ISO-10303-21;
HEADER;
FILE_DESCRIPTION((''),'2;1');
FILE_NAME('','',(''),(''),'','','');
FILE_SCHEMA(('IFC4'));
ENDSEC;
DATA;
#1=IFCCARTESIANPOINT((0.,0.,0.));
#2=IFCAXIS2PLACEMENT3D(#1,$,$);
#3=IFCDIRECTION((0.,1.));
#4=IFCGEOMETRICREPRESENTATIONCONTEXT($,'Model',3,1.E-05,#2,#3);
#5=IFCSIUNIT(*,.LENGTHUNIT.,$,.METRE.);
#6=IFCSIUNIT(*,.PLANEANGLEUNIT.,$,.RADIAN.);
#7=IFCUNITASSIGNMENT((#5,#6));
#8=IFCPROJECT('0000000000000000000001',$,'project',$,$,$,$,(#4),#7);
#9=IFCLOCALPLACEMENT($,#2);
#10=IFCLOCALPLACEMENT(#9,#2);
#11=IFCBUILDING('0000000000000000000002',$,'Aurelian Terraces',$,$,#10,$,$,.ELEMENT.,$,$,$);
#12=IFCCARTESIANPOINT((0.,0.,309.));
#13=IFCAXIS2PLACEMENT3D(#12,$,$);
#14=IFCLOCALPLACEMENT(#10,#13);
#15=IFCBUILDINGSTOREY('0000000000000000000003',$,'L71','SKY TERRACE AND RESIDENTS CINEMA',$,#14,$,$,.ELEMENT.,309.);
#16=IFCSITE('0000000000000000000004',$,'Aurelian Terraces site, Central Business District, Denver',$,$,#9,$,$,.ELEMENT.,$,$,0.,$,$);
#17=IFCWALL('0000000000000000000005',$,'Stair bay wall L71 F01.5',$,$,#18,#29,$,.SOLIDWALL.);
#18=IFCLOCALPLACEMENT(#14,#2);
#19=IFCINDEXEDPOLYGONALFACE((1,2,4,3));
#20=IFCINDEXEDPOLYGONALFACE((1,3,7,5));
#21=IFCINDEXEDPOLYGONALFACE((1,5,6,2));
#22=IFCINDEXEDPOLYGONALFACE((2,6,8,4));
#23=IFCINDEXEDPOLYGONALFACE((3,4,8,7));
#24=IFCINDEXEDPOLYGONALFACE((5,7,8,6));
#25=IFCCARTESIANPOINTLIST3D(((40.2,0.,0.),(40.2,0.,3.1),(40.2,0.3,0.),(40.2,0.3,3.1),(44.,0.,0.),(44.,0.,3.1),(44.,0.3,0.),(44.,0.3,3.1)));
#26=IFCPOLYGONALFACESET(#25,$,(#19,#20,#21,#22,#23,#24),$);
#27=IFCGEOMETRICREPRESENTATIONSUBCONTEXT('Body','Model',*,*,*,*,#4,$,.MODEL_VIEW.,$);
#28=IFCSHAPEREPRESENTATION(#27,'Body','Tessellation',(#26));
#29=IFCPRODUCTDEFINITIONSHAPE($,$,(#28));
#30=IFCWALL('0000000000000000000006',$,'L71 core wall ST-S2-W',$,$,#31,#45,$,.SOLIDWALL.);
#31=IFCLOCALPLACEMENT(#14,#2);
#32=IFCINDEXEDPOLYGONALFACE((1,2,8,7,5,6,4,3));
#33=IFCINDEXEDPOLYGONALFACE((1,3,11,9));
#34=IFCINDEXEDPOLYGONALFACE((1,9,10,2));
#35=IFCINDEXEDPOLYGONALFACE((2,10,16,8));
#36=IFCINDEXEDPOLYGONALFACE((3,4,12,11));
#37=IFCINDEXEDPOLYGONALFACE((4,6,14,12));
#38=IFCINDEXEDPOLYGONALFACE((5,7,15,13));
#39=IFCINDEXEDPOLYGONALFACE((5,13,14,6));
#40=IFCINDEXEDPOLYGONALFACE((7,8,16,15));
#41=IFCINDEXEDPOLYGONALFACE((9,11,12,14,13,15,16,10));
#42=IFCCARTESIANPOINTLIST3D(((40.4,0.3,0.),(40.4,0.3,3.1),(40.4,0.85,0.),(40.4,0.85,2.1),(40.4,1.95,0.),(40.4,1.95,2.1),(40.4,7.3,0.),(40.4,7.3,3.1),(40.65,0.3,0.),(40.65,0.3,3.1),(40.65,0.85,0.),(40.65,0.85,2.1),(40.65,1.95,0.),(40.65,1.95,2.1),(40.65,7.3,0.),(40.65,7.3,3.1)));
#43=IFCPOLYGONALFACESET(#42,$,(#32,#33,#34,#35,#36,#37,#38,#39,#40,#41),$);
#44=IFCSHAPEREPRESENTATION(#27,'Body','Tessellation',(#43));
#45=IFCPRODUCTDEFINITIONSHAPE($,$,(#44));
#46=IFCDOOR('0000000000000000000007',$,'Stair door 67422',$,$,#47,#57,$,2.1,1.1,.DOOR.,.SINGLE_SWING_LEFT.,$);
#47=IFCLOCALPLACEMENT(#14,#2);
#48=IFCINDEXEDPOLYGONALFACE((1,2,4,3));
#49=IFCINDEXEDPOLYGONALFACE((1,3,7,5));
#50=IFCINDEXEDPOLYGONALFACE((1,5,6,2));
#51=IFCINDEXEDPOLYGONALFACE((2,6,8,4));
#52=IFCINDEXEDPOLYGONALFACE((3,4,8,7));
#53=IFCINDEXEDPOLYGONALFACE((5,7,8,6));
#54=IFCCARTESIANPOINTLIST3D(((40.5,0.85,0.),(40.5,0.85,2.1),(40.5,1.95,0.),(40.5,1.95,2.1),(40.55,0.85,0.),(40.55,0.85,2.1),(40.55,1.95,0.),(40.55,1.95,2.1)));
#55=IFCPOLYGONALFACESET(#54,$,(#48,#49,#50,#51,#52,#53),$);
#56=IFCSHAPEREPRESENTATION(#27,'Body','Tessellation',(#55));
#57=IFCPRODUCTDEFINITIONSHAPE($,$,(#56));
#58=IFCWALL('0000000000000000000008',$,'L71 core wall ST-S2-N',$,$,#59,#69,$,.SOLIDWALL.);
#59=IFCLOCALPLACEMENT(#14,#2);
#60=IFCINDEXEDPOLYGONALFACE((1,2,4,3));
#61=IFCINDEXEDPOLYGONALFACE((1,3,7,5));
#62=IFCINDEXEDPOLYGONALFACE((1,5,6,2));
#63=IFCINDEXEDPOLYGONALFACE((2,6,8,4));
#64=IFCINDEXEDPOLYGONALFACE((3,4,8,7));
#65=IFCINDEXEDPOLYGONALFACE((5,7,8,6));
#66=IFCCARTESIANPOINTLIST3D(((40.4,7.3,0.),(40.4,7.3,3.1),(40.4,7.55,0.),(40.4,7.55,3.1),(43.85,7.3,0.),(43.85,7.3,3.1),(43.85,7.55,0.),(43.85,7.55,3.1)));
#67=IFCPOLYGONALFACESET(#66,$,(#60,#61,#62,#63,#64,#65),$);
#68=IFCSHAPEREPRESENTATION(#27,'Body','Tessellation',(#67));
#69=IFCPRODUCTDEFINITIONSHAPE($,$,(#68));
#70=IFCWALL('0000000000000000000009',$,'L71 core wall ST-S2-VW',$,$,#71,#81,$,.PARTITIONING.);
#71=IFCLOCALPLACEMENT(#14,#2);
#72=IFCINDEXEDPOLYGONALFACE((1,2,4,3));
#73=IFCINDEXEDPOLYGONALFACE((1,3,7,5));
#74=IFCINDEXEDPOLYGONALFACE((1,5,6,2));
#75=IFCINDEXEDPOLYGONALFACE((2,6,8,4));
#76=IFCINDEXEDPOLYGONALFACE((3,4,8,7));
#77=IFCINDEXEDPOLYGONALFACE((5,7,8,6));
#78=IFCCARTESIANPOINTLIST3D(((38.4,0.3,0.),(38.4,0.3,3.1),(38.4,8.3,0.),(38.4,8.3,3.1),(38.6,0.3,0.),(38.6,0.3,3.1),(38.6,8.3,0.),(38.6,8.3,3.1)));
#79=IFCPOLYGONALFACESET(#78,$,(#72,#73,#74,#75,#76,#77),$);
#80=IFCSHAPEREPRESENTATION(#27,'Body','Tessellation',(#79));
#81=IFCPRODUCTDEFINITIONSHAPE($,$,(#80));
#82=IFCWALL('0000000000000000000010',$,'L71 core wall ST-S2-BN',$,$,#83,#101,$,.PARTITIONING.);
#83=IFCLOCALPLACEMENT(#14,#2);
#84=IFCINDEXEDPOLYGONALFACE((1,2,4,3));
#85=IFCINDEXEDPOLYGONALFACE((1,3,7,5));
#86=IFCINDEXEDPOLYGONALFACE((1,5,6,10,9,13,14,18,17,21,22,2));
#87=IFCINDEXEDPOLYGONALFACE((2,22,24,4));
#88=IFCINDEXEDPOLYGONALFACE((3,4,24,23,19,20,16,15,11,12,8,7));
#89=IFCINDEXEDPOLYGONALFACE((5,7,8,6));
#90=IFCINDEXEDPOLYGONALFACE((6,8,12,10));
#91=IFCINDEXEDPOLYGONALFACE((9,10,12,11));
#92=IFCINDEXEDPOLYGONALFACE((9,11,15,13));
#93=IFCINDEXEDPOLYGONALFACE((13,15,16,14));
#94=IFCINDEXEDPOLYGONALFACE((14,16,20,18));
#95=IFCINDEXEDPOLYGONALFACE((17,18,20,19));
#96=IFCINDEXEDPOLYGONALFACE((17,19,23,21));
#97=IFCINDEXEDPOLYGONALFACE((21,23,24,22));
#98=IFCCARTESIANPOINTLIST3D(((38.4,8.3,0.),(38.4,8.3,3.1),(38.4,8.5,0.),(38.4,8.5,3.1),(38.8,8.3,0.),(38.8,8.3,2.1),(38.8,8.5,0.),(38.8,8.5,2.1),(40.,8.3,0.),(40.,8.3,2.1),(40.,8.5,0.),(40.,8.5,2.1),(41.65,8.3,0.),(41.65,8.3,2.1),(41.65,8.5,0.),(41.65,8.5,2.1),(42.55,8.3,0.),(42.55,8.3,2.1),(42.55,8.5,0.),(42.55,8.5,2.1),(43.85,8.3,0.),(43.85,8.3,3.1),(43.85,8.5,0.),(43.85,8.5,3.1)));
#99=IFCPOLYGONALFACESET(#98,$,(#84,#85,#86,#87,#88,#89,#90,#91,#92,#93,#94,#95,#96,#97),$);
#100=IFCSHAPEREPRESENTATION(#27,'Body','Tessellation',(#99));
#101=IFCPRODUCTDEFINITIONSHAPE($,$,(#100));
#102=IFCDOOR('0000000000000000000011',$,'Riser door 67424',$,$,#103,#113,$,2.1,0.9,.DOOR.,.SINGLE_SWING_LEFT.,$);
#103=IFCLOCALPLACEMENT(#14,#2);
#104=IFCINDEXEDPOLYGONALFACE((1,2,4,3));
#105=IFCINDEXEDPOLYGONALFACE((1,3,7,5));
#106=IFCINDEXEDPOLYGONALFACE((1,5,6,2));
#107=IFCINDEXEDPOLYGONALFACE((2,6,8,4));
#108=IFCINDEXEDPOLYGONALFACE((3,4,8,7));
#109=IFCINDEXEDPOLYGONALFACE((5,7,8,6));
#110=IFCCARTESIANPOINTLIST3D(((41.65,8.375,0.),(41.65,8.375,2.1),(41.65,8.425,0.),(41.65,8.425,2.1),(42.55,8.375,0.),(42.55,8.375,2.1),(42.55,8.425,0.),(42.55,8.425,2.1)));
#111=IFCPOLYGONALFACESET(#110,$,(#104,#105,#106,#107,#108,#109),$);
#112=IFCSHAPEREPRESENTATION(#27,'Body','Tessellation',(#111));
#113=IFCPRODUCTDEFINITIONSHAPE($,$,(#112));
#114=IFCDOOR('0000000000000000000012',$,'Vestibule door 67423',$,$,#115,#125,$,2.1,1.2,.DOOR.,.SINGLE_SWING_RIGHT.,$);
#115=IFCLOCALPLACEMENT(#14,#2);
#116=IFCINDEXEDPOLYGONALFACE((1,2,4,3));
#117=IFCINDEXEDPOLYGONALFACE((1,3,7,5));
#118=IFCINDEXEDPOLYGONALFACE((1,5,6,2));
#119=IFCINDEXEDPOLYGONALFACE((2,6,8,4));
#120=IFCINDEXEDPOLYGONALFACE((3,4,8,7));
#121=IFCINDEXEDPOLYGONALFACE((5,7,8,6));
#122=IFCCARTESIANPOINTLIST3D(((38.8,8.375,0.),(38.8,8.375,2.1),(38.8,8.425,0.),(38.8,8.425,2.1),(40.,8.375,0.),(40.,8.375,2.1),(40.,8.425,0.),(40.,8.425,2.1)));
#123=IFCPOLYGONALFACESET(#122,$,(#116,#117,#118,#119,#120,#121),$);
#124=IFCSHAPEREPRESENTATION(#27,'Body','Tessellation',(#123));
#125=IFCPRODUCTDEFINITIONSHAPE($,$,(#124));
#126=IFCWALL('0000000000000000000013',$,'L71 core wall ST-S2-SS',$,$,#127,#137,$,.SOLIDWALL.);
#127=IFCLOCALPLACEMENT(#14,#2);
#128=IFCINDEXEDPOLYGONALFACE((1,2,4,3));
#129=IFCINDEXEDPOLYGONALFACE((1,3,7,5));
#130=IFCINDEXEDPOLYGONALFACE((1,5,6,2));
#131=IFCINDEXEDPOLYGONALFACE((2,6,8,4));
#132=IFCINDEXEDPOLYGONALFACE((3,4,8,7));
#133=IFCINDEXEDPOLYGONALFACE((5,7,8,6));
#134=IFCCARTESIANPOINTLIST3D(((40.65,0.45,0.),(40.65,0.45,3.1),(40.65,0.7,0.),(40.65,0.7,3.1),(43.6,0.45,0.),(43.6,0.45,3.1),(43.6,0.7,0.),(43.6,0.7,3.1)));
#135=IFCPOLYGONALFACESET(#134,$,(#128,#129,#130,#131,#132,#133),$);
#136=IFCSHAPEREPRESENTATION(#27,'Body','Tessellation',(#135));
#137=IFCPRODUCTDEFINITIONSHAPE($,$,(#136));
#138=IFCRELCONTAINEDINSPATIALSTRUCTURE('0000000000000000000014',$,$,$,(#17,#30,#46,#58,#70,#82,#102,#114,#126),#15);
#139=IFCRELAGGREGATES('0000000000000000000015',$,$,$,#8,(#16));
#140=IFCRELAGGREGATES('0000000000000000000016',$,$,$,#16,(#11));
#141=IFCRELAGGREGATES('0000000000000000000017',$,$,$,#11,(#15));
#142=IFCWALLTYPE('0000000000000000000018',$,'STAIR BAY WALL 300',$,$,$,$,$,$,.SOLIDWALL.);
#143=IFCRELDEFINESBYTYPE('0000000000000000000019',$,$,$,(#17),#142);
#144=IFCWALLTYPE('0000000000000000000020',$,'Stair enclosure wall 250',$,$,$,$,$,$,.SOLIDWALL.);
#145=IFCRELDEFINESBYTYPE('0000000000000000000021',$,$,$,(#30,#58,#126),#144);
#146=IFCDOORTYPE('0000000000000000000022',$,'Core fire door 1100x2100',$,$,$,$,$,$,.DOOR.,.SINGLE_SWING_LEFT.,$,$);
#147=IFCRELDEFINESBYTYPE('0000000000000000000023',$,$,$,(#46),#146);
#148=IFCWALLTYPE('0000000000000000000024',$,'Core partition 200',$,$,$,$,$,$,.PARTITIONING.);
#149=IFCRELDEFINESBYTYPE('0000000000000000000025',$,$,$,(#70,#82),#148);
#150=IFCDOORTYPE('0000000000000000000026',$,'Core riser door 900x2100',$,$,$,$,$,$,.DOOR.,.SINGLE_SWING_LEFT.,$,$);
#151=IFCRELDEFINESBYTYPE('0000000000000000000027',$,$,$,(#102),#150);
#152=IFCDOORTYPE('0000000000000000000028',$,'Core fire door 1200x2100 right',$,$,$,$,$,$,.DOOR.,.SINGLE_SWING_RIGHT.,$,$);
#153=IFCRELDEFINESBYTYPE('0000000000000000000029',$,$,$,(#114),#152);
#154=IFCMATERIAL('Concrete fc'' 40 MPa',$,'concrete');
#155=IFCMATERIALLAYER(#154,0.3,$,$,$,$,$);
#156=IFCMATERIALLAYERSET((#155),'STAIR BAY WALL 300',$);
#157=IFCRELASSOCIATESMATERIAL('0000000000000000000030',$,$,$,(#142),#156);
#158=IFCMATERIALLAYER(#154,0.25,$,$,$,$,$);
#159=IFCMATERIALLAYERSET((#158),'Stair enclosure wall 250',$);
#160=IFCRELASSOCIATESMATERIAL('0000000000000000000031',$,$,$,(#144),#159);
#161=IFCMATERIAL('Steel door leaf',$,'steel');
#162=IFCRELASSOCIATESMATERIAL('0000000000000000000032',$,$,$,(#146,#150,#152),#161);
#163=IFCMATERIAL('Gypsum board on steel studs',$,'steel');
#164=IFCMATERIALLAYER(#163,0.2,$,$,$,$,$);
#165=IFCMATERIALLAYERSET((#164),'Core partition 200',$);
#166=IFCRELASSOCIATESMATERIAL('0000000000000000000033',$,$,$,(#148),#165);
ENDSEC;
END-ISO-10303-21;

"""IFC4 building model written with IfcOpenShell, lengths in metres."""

from ifc_helpers import new_model, si_unit, direction, frame, frame_2d, origin, place, context, subcontext, project, spatial, rectangle, extrude, source, transform, mapped, material, layer, layer_set, type_object, element, fill, save


model = new_model("IFC4")

# Units and contexts
model_context = context("Model", 3, precision=1e-05, world=origin(), true_north=direction((0.0, 1.0)))
body_context = subcontext(model_context, "Body", "Model", "MODEL_VIEW")
ifc_project = project(units=[si_unit("LENGTHUNIT", "METRE"), si_unit("PLANEANGLEUNIT", "RADIAN")], contexts=[model_context])

# Site, building, storey
site_placement = place(None, origin())
site = spatial("IfcSite", under=ifc_project, at=site_placement, Name="Aurelian Terraces site, Central Business District, Denver", CompositionType="ELEMENT", RefElevation=0.0)
building_placement = place(site_placement, origin())
building = spatial("IfcBuilding", under=site, at=building_placement, Name="Aurelian Terraces", CompositionType="ELEMENT")
storey_placement = place(building_placement, frame((0.0, 0.0, 309.0)))
storey = spatial("IfcBuildingStorey", under=building, at=storey_placement, Name="L71", Description="SKY TERRACE AND RESIDENTS CINEMA", CompositionType="ELEMENT", Elevation=309.0)

# Wall
ifc_material_1 = material(Name="Concrete fc' 40 MPa", Category="concrete")
ifc_layer_1 = layer(ifc_material_1, 0.3)
ifc_layer_set_1 = layer_set([ifc_layer_1], Name="STAIR BAY WALL 300")
wall_type_1 = type_object("IfcWallType", Name="STAIR BAY WALL 300", PredefinedType="SOLIDWALL", material=ifc_layer_set_1)
shared_shape_1 = source(origin(), body_context, "Body", "SweptSolid", [
    extrude(rectangle(XDim=3.8, YDim=0.3, at=frame_2d((1.9, 0.0))), origin(), (0.0, 0.0, 1.0), 3.1),
])
wall_1_placement = place(storey_placement, frame((40.2, 0.15, 0.0), z_axis=(0.0, 0.0, 1.0), x_axis=(1.0, 0.0, 0.0)))
element("IfcWall", 1, at=wall_1_placement, inside=storey, type_object=wall_type_1, Name="Stair bay wall L71 F01.5", PredefinedType="SOLIDWALL", context=body_context, shape_type="MappedRepresentation", body=[
    mapped(shared_shape_1, transform((0.0, 0.0, 0.0), scale=1.0)),
])

# Wall, opening, door
ifc_layer_2 = layer(ifc_material_1, 0.25)
ifc_layer_set_2 = layer_set([ifc_layer_2], Name="Stair enclosure wall 250")
wall_type_2 = type_object("IfcWallType", Name="Stair enclosure wall 250", PredefinedType="SOLIDWALL", material=ifc_layer_set_2)
shared_shape_2 = source(origin(), body_context, "Body", "SweptSolid", [
    extrude(rectangle(XDim=7.0, YDim=0.25, at=frame_2d((3.5, 0.0))), origin(), (0.0, 0.0, 1.0), 3.1),
])
wall_2_placement = place(storey_placement, frame((40.525, 0.3, 0.0), z_axis=(0.0, 0.0, 1.0), x_axis=(0.0, 1.0, 0.0)))
wall_2 = element("IfcWall", 2, at=wall_2_placement, inside=storey, type_object=wall_type_2, Name="L71 core wall ST-S2-W", PredefinedType="SOLIDWALL", context=body_context, shape_type="MappedRepresentation", body=[
    mapped(shared_shape_2, transform((0.0, 0.0, 0.0), scale=1.0)),
])
shared_shape_3 = source(origin(), body_context, "Body", "SweptSolid", [
    extrude(rectangle(XDim=1.1, YDim=2.1, at=frame_2d((0.55, 1.05))), frame((0.0, 0.135, 0.0), z_axis=(0.0, -1.0, 0.0), x_axis=(1.0, 0.0, 0.0)), (0.0, 0.0, 1.0), 0.27),
])
opening_1_placement = place(wall_2_placement, frame((0.55, 0.0, 0.0)))
opening_1 = element("IfcOpeningElement", 3, at=opening_1_placement, cuts=wall_2, PredefinedType="OPENING", context=body_context, shape_type="MappedRepresentation", body=[
    mapped(shared_shape_3, transform((0.0, 0.0, 0.0), scale=1.0)),
])
ifc_material_2 = material(Name="Steel door leaf", Category="steel")
door_type_1 = type_object("IfcDoorType", Name="Core fire door 1100x2100", OperationType="SINGLE_SWING_LEFT", PredefinedType="DOOR", material=ifc_material_2)
shared_shape_4 = source(origin(), body_context, "Body", "SweptSolid", [
    extrude(rectangle(XDim=1.1, YDim=2.1, at=frame_2d((0.55, 1.05))), frame((0.0, 0.025, 0.0), z_axis=(0.0, -1.0, 0.0), x_axis=(1.0, 0.0, 0.0)), (0.0, 0.0, 1.0), 0.05),
])
door_1_placement = place(opening_1_placement, origin())
door_1 = element("IfcDoor", 4, at=door_1_placement, inside=storey, type_object=door_type_1, Name="Stair door 67422", OperationType="SINGLE_SWING_LEFT", OverallHeight=2.1, OverallWidth=1.1, PredefinedType="DOOR", context=body_context, shape_type="MappedRepresentation", body=[
    mapped(shared_shape_4, transform((0.0, 0.0, 0.0), scale=1.0)),
])
fill(opening_1, door_1)

# Walls
shared_shape_5 = source(origin(), body_context, "Body", "SweptSolid", [
    extrude(rectangle(XDim=3.45, YDim=0.25, at=frame_2d((1.725, 0.0))), origin(), (0.0, 0.0, 1.0), 3.1),
])
wall_3_placement = place(storey_placement, frame((40.4, 7.425, 0.0), z_axis=(0.0, 0.0, 1.0), x_axis=(1.0, 0.0, 0.0)))
element("IfcWall", 5, at=wall_3_placement, inside=storey, type_object=wall_type_2, Name="L71 core wall ST-S2-N", PredefinedType="SOLIDWALL", context=body_context, shape_type="MappedRepresentation", body=[
    mapped(shared_shape_5, transform((0.0, 0.0, 0.0), scale=1.0)),
])
ifc_material_3 = material(Name="Gypsum board on steel studs", Category="steel")
ifc_layer_3 = layer(ifc_material_3, 0.2)
ifc_layer_set_3 = layer_set([ifc_layer_3], Name="Core partition 200")
wall_type_3 = type_object("IfcWallType", Name="Core partition 200", PredefinedType="PARTITIONING", material=ifc_layer_set_3)
shared_shape_6 = source(origin(), body_context, "Body", "SweptSolid", [
    extrude(rectangle(XDim=8.0, YDim=0.2, at=frame_2d((4.0, 0.0))), origin(), (0.0, 0.0, 1.0), 3.1),
])
wall_4_placement = place(storey_placement, frame((38.5, 0.3, 0.0), z_axis=(0.0, 0.0, 1.0), x_axis=(0.0, 1.0, 0.0)))
element("IfcWall", 6, at=wall_4_placement, inside=storey, type_object=wall_type_3, Name="L71 core wall ST-S2-VW", PredefinedType="PARTITIONING", context=body_context, shape_type="MappedRepresentation", body=[
    mapped(shared_shape_6, transform((0.0, 0.0, 0.0), scale=1.0)),
])

# Wall, openings, doors
shared_shape_7 = source(origin(), body_context, "Body", "SweptSolid", [
    extrude(rectangle(XDim=5.45, YDim=0.2, at=frame_2d((2.725, 0.0))), origin(), (0.0, 0.0, 1.0), 3.1),
])
wall_5_placement = place(storey_placement, frame((38.4, 8.4, 0.0), z_axis=(0.0, 0.0, 1.0), x_axis=(1.0, 0.0, 0.0)))
wall_5 = element("IfcWall", 7, at=wall_5_placement, inside=storey, type_object=wall_type_3, Name="L71 core wall ST-S2-BN", PredefinedType="PARTITIONING", context=body_context, shape_type="MappedRepresentation", body=[
    mapped(shared_shape_7, transform((0.0, 0.0, 0.0), scale=1.0)),
])
shared_shape_8 = source(origin(), body_context, "Body", "SweptSolid", [
    extrude(rectangle(XDim=1.2, YDim=2.1, at=frame_2d((0.6, 1.05))), frame((0.0, 0.11, 0.0), z_axis=(0.0, -1.0, 0.0), x_axis=(1.0, 0.0, 0.0)), (0.0, 0.0, 1.0), 0.22),
])
opening_2_placement = place(wall_5_placement, frame((0.4, 0.0, 0.0)))
opening_2 = element("IfcOpeningElement", 8, at=opening_2_placement, cuts=wall_5, PredefinedType="OPENING", context=body_context, shape_type="MappedRepresentation", body=[
    mapped(shared_shape_8, transform((0.0, 0.0, 0.0), scale=1.0)),
])
shared_shape_9 = source(origin(), body_context, "Body", "SweptSolid", [
    extrude(rectangle(XDim=0.9, YDim=2.1, at=frame_2d((0.45, 1.05))), frame((0.0, 0.11, 0.0), z_axis=(0.0, -1.0, 0.0), x_axis=(1.0, 0.0, 0.0)), (0.0, 0.0, 1.0), 0.22),
])
opening_3_placement = place(wall_5_placement, frame((3.25, 0.0, 0.0)))
opening_3 = element("IfcOpeningElement", 9, at=opening_3_placement, cuts=wall_5, PredefinedType="OPENING", context=body_context, shape_type="MappedRepresentation", body=[
    mapped(shared_shape_9, transform((0.0, 0.0, 0.0), scale=1.0)),
])
door_type_2 = type_object("IfcDoorType", Name="Core riser door 900x2100", OperationType="SINGLE_SWING_LEFT", PredefinedType="DOOR", material=ifc_material_2)
shared_shape_10 = source(origin(), body_context, "Body", "SweptSolid", [
    extrude(rectangle(XDim=0.9, YDim=2.1, at=frame_2d((0.45, 1.05))), frame((0.0, 0.025, 0.0), z_axis=(0.0, -1.0, 0.0), x_axis=(1.0, 0.0, 0.0)), (0.0, 0.0, 1.0), 0.05),
])
door_2_placement = place(opening_3_placement, origin())
door_2 = element("IfcDoor", 10, at=door_2_placement, inside=storey, type_object=door_type_2, Name="Riser door 67424", OperationType="SINGLE_SWING_LEFT", OverallHeight=2.1, OverallWidth=0.9, PredefinedType="DOOR", context=body_context, shape_type="MappedRepresentation", body=[
    mapped(shared_shape_10, transform((0.0, 0.0, 0.0), scale=1.0)),
])
fill(opening_3, door_2)
door_type_3 = type_object("IfcDoorType", Name="Core fire door 1200x2100 right", OperationType="SINGLE_SWING_RIGHT", PredefinedType="DOOR", material=ifc_material_2)
shared_shape_11 = source(origin(), body_context, "Body", "SweptSolid", [
    extrude(rectangle(XDim=1.2, YDim=2.1, at=frame_2d((0.6, 1.05))), frame((0.0, 0.025, 0.0), z_axis=(0.0, -1.0, 0.0), x_axis=(1.0, 0.0, 0.0)), (0.0, 0.0, 1.0), 0.05),
])
door_3_placement = place(opening_2_placement, origin())
door_3 = element("IfcDoor", 11, at=door_3_placement, inside=storey, type_object=door_type_3, Name="Vestibule door 67423", OperationType="SINGLE_SWING_RIGHT", OverallHeight=2.1, OverallWidth=1.2, PredefinedType="DOOR", context=body_context, shape_type="MappedRepresentation", body=[
    mapped(shared_shape_11, transform((0.0, 0.0, 0.0), scale=1.0)),
])
fill(opening_2, door_3)

# Wall
shared_shape_12 = source(origin(), body_context, "Body", "SweptSolid", [
    extrude(rectangle(XDim=2.95, YDim=0.25, at=frame_2d((1.475, 0.0))), origin(), (0.0, 0.0, 1.0), 3.1),
])
wall_6_placement = place(storey_placement, frame((40.65, 0.575, 0.0), z_axis=(0.0, 0.0, 1.0), x_axis=(1.0, 0.0, 0.0)))
element("IfcWall", 12, at=wall_6_placement, inside=storey, type_object=wall_type_2, Name="L71 core wall ST-S2-SS", PredefinedType="SOLIDWALL", context=body_context, shape_type="MappedRepresentation", body=[
    mapped(shared_shape_12, transform((0.0, 0.0, 0.0), scale=1.0)),
])

save(model, "model.ifc")
